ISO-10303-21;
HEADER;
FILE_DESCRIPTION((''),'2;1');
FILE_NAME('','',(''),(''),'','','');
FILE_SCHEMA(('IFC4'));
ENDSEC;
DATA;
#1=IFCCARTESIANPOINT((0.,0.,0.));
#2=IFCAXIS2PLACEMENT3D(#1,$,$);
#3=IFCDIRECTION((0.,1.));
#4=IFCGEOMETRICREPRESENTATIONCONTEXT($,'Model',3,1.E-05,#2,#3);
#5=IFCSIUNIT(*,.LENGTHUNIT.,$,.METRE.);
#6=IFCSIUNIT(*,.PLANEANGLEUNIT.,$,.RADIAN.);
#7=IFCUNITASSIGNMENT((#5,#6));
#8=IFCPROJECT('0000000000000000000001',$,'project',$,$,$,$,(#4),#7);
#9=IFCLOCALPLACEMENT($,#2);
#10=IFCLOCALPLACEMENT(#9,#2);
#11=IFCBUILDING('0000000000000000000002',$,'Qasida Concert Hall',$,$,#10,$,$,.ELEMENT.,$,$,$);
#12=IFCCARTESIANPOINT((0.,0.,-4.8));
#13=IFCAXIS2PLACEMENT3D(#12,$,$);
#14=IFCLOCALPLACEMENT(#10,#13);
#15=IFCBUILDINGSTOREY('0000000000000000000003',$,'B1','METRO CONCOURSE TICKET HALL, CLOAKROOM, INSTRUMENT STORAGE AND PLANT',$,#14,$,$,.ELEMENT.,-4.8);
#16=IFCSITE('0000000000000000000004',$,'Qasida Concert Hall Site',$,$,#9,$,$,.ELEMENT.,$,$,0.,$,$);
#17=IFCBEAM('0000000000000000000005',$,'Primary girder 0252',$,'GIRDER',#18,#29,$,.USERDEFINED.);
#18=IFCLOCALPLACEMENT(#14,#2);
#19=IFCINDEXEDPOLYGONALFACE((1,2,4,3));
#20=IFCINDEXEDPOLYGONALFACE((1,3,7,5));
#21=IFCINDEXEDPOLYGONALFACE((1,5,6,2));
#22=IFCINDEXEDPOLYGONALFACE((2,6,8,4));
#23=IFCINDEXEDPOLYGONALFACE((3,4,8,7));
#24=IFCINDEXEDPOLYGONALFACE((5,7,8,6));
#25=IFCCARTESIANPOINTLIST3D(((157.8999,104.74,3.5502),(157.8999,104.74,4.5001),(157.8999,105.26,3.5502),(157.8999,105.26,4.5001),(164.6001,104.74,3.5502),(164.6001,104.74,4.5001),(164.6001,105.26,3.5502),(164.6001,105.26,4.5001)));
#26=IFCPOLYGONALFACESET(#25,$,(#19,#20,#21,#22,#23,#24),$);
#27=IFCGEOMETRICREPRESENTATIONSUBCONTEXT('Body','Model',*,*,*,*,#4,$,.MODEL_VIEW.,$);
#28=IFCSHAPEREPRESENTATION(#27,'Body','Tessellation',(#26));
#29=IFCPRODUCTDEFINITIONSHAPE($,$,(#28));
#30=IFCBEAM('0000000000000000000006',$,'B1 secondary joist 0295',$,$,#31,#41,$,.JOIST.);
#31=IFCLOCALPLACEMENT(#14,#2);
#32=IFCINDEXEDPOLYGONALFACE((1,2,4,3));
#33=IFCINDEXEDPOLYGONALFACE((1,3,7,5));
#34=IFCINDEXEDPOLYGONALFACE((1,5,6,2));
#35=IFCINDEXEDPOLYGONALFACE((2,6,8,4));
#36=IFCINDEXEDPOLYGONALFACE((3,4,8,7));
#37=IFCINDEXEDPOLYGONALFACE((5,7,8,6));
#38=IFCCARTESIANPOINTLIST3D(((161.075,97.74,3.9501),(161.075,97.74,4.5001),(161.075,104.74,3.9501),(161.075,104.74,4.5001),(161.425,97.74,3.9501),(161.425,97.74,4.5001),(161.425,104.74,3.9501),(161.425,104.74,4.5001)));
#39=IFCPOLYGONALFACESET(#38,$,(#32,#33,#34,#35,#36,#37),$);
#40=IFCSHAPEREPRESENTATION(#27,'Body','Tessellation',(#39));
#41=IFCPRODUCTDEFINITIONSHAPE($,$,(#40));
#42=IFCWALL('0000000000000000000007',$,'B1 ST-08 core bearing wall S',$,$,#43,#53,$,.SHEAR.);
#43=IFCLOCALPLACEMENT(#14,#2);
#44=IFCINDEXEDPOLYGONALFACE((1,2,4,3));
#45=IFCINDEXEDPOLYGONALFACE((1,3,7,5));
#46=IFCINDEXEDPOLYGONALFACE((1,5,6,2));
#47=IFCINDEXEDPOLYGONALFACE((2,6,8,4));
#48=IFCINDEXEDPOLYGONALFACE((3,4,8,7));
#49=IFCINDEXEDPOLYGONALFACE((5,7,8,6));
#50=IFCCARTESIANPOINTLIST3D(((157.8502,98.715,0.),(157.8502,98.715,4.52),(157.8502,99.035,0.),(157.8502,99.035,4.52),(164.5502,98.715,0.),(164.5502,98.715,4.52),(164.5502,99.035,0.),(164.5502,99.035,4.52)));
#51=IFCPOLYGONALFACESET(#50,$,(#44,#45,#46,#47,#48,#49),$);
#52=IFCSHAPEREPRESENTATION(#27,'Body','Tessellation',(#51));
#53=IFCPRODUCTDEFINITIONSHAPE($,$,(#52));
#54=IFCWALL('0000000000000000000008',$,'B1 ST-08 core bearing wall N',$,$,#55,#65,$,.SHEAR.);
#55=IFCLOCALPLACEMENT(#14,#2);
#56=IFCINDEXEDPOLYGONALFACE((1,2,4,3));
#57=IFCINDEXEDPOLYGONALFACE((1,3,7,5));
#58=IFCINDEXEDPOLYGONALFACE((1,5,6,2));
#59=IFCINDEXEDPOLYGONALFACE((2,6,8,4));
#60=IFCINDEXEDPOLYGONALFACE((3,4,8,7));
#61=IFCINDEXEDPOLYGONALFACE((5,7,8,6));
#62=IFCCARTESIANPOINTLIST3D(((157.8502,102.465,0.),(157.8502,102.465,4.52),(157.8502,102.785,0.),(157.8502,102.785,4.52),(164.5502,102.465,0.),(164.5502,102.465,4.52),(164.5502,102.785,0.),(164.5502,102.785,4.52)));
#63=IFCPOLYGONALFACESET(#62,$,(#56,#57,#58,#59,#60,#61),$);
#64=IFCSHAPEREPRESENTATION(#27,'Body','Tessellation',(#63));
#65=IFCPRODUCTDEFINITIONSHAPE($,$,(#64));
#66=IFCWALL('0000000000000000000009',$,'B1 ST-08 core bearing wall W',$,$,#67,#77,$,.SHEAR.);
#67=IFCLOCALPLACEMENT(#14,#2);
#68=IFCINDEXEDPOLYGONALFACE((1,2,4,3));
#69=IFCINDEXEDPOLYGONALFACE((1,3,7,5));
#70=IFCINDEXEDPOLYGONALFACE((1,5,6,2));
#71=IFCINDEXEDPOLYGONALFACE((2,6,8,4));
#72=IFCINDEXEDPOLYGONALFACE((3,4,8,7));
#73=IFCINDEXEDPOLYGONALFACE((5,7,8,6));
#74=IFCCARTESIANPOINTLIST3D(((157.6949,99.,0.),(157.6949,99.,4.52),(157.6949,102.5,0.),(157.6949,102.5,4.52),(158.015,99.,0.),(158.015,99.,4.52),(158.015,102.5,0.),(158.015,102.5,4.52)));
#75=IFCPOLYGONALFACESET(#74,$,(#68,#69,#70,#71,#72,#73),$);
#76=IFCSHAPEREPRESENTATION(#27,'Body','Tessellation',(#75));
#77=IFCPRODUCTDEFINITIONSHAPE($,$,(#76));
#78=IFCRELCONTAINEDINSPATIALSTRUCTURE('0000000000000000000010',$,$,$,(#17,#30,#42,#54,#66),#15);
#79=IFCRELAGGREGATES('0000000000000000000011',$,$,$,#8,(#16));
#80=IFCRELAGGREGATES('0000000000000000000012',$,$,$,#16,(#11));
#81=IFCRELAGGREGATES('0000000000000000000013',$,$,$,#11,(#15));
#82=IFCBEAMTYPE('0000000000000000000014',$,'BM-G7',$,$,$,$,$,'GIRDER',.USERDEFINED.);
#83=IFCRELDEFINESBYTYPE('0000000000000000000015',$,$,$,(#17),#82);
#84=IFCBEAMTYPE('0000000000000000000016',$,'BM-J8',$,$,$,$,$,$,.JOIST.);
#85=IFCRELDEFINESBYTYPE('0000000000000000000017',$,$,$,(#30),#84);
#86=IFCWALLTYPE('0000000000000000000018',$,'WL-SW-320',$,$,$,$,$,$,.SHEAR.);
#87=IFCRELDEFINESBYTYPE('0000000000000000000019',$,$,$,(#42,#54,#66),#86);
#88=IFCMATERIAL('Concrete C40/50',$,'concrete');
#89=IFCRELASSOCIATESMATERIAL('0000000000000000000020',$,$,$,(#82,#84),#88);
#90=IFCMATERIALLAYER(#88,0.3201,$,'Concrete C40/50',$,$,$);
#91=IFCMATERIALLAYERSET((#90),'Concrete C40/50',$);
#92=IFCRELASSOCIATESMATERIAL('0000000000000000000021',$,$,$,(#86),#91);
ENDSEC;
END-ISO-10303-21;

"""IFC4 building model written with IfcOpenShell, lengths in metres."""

from ifc_helpers import new_model, si_unit, direction, frame, frame_2d, origin, origin_2d, place, context, subcontext, project, spatial, rectangle, extrude, material, layer, layer_set, material_profile, profile_set, type_object, element, save


model = new_model("IFC4")

# Units and contexts
model_context = context("Model", 3, precision=1e-05, world=origin(), true_north=direction((0.0, 1.0)))
body_context = subcontext(model_context, "Body", "Model", "MODEL_VIEW")
ifc_project = project(units=[si_unit("LENGTHUNIT", "METRE"), si_unit("PLANEANGLEUNIT", "RADIAN")], contexts=[model_context])

# Site, building, storey
site_placement = place(None, origin())
site = spatial("IfcSite", under=ifc_project, at=site_placement, Name="Qasida Concert Hall Site", CompositionType="ELEMENT", RefElevation=0.0)
building_placement = place(site_placement, origin())
building = spatial("IfcBuilding", under=site, at=building_placement, Name="Qasida Concert Hall", CompositionType="ELEMENT")
storey_placement = place(building_placement, frame((0.0, 0.0, -4.8)))
storey = spatial("IfcBuildingStorey", under=building, at=storey_placement, Name="B1", Description="METRO CONCOURSE TICKET HALL, CLOAKROOM, INSTRUMENT STORAGE AND PLANT", CompositionType="ELEMENT", Elevation=-4.8)

# Shared definitions
ifc_material_1 = material(Name="Concrete C40/50", Category="concrete")

# Beams
ifc_material_profile_1 = material_profile(ifc_material_1, rectangle(XDim=0.52, YDim=0.95, at=origin_2d()), Name="RC 520x950")
ifc_profile_set_1 = profile_set([ifc_material_profile_1], Name="Concrete C40/50")
beam_type_1 = type_object("IfcBeamType", Name="BM-G7", ElementType="GIRDER", PredefinedType="USERDEFINED", material=ifc_profile_set_1)
beam_1_placement = place(storey_placement, frame((157.8999, 105.0, 4.0251), z_axis=(1.0, 0.0, 0.0), x_axis=(0.0, 1.0, 0.0)))
element("IfcBeam", 1, at=beam_1_placement, inside=storey, type_object=beam_type_1, Name="Primary girder 0252", ObjectType="GIRDER", PredefinedType="USERDEFINED", context=body_context, shape_type="SweptSolid", body=[
    extrude(rectangle(XDim=0.52, YDim=0.95, at=origin_2d()), origin(), (0.0, 0.0, 1.0), 6.7002),
])
ifc_material_profile_2 = material_profile(ifc_material_1, rectangle(XDim=0.3501, YDim=0.55, at=origin_2d()), Name="RC 350x550")
ifc_profile_set_2 = profile_set([ifc_material_profile_2], Name="Concrete C40/50")
beam_type_2 = type_object("IfcBeamType", Name="BM-J8", PredefinedType="JOIST", material=ifc_profile_set_2)
beam_2_placement = place(storey_placement, frame((161.25, 97.74, 4.2251), z_axis=(0.0, 1.0, 0.0), x_axis=(-1.0, 0.0, 0.0)))
element("IfcBeam", 2, at=beam_2_placement, inside=storey, type_object=beam_type_2, Name="B1 secondary joist 0295", PredefinedType="JOIST", context=body_context, shape_type="SweptSolid", body=[
    extrude(rectangle(XDim=0.3501, YDim=0.55, at=origin_2d()), origin(), (0.0, 0.0, 1.0), 7.0),
])

# Walls
ifc_layer = layer(ifc_material_1, 0.3201, Name="Concrete C40/50")
ifc_layer_set = layer_set([ifc_layer], Name="Concrete C40/50")
wall_type = type_object("IfcWallType", Name="WL-SW-320", PredefinedType="SHEAR", material=ifc_layer_set)
for number, where, z_axis, x_axis, name in (
    (3, (157.8501, 98.875, 0.0), (0.0, 0.0, 1.0), (1.0, 0.0, 0.0), "B1 ST-08 core bearing wall S"),
    (4, (157.8501, 102.625, 0.0), (0.0, 0.0, 1.0), (1.0, 0.0, 0.0), "B1 ST-08 core bearing wall N"),
):
    element("IfcWall", number, at=place(storey_placement, frame(where, z_axis=z_axis, x_axis=x_axis)), inside=storey, type_object=wall_type, Name=name, PredefinedType="SHEAR", context=body_context, shape_type="SweptSolid", body=[
        extrude(rectangle(XDim=6.7, YDim=0.3201, at=frame_2d((3.3501, 0.0))), origin(), (0.0, 0.0, 1.0), 4.52),
    ])
wall_placement = place(storey_placement, frame((157.855, 99.0, 0.0), z_axis=(0.0, 0.0, 1.0), x_axis=(0.0, 1.0, 0.0)))
element("IfcWall", 5, at=wall_placement, inside=storey, type_object=wall_type, Name="B1 ST-08 core bearing wall W", PredefinedType="SHEAR", context=body_context, shape_type="SweptSolid", body=[
    extrude(rectangle(XDim=3.5, YDim=0.3201, at=frame_2d((1.75, 0.0))), origin(), (0.0, 0.0, 1.0), 4.52),
])

save(model, "model.ifc")
